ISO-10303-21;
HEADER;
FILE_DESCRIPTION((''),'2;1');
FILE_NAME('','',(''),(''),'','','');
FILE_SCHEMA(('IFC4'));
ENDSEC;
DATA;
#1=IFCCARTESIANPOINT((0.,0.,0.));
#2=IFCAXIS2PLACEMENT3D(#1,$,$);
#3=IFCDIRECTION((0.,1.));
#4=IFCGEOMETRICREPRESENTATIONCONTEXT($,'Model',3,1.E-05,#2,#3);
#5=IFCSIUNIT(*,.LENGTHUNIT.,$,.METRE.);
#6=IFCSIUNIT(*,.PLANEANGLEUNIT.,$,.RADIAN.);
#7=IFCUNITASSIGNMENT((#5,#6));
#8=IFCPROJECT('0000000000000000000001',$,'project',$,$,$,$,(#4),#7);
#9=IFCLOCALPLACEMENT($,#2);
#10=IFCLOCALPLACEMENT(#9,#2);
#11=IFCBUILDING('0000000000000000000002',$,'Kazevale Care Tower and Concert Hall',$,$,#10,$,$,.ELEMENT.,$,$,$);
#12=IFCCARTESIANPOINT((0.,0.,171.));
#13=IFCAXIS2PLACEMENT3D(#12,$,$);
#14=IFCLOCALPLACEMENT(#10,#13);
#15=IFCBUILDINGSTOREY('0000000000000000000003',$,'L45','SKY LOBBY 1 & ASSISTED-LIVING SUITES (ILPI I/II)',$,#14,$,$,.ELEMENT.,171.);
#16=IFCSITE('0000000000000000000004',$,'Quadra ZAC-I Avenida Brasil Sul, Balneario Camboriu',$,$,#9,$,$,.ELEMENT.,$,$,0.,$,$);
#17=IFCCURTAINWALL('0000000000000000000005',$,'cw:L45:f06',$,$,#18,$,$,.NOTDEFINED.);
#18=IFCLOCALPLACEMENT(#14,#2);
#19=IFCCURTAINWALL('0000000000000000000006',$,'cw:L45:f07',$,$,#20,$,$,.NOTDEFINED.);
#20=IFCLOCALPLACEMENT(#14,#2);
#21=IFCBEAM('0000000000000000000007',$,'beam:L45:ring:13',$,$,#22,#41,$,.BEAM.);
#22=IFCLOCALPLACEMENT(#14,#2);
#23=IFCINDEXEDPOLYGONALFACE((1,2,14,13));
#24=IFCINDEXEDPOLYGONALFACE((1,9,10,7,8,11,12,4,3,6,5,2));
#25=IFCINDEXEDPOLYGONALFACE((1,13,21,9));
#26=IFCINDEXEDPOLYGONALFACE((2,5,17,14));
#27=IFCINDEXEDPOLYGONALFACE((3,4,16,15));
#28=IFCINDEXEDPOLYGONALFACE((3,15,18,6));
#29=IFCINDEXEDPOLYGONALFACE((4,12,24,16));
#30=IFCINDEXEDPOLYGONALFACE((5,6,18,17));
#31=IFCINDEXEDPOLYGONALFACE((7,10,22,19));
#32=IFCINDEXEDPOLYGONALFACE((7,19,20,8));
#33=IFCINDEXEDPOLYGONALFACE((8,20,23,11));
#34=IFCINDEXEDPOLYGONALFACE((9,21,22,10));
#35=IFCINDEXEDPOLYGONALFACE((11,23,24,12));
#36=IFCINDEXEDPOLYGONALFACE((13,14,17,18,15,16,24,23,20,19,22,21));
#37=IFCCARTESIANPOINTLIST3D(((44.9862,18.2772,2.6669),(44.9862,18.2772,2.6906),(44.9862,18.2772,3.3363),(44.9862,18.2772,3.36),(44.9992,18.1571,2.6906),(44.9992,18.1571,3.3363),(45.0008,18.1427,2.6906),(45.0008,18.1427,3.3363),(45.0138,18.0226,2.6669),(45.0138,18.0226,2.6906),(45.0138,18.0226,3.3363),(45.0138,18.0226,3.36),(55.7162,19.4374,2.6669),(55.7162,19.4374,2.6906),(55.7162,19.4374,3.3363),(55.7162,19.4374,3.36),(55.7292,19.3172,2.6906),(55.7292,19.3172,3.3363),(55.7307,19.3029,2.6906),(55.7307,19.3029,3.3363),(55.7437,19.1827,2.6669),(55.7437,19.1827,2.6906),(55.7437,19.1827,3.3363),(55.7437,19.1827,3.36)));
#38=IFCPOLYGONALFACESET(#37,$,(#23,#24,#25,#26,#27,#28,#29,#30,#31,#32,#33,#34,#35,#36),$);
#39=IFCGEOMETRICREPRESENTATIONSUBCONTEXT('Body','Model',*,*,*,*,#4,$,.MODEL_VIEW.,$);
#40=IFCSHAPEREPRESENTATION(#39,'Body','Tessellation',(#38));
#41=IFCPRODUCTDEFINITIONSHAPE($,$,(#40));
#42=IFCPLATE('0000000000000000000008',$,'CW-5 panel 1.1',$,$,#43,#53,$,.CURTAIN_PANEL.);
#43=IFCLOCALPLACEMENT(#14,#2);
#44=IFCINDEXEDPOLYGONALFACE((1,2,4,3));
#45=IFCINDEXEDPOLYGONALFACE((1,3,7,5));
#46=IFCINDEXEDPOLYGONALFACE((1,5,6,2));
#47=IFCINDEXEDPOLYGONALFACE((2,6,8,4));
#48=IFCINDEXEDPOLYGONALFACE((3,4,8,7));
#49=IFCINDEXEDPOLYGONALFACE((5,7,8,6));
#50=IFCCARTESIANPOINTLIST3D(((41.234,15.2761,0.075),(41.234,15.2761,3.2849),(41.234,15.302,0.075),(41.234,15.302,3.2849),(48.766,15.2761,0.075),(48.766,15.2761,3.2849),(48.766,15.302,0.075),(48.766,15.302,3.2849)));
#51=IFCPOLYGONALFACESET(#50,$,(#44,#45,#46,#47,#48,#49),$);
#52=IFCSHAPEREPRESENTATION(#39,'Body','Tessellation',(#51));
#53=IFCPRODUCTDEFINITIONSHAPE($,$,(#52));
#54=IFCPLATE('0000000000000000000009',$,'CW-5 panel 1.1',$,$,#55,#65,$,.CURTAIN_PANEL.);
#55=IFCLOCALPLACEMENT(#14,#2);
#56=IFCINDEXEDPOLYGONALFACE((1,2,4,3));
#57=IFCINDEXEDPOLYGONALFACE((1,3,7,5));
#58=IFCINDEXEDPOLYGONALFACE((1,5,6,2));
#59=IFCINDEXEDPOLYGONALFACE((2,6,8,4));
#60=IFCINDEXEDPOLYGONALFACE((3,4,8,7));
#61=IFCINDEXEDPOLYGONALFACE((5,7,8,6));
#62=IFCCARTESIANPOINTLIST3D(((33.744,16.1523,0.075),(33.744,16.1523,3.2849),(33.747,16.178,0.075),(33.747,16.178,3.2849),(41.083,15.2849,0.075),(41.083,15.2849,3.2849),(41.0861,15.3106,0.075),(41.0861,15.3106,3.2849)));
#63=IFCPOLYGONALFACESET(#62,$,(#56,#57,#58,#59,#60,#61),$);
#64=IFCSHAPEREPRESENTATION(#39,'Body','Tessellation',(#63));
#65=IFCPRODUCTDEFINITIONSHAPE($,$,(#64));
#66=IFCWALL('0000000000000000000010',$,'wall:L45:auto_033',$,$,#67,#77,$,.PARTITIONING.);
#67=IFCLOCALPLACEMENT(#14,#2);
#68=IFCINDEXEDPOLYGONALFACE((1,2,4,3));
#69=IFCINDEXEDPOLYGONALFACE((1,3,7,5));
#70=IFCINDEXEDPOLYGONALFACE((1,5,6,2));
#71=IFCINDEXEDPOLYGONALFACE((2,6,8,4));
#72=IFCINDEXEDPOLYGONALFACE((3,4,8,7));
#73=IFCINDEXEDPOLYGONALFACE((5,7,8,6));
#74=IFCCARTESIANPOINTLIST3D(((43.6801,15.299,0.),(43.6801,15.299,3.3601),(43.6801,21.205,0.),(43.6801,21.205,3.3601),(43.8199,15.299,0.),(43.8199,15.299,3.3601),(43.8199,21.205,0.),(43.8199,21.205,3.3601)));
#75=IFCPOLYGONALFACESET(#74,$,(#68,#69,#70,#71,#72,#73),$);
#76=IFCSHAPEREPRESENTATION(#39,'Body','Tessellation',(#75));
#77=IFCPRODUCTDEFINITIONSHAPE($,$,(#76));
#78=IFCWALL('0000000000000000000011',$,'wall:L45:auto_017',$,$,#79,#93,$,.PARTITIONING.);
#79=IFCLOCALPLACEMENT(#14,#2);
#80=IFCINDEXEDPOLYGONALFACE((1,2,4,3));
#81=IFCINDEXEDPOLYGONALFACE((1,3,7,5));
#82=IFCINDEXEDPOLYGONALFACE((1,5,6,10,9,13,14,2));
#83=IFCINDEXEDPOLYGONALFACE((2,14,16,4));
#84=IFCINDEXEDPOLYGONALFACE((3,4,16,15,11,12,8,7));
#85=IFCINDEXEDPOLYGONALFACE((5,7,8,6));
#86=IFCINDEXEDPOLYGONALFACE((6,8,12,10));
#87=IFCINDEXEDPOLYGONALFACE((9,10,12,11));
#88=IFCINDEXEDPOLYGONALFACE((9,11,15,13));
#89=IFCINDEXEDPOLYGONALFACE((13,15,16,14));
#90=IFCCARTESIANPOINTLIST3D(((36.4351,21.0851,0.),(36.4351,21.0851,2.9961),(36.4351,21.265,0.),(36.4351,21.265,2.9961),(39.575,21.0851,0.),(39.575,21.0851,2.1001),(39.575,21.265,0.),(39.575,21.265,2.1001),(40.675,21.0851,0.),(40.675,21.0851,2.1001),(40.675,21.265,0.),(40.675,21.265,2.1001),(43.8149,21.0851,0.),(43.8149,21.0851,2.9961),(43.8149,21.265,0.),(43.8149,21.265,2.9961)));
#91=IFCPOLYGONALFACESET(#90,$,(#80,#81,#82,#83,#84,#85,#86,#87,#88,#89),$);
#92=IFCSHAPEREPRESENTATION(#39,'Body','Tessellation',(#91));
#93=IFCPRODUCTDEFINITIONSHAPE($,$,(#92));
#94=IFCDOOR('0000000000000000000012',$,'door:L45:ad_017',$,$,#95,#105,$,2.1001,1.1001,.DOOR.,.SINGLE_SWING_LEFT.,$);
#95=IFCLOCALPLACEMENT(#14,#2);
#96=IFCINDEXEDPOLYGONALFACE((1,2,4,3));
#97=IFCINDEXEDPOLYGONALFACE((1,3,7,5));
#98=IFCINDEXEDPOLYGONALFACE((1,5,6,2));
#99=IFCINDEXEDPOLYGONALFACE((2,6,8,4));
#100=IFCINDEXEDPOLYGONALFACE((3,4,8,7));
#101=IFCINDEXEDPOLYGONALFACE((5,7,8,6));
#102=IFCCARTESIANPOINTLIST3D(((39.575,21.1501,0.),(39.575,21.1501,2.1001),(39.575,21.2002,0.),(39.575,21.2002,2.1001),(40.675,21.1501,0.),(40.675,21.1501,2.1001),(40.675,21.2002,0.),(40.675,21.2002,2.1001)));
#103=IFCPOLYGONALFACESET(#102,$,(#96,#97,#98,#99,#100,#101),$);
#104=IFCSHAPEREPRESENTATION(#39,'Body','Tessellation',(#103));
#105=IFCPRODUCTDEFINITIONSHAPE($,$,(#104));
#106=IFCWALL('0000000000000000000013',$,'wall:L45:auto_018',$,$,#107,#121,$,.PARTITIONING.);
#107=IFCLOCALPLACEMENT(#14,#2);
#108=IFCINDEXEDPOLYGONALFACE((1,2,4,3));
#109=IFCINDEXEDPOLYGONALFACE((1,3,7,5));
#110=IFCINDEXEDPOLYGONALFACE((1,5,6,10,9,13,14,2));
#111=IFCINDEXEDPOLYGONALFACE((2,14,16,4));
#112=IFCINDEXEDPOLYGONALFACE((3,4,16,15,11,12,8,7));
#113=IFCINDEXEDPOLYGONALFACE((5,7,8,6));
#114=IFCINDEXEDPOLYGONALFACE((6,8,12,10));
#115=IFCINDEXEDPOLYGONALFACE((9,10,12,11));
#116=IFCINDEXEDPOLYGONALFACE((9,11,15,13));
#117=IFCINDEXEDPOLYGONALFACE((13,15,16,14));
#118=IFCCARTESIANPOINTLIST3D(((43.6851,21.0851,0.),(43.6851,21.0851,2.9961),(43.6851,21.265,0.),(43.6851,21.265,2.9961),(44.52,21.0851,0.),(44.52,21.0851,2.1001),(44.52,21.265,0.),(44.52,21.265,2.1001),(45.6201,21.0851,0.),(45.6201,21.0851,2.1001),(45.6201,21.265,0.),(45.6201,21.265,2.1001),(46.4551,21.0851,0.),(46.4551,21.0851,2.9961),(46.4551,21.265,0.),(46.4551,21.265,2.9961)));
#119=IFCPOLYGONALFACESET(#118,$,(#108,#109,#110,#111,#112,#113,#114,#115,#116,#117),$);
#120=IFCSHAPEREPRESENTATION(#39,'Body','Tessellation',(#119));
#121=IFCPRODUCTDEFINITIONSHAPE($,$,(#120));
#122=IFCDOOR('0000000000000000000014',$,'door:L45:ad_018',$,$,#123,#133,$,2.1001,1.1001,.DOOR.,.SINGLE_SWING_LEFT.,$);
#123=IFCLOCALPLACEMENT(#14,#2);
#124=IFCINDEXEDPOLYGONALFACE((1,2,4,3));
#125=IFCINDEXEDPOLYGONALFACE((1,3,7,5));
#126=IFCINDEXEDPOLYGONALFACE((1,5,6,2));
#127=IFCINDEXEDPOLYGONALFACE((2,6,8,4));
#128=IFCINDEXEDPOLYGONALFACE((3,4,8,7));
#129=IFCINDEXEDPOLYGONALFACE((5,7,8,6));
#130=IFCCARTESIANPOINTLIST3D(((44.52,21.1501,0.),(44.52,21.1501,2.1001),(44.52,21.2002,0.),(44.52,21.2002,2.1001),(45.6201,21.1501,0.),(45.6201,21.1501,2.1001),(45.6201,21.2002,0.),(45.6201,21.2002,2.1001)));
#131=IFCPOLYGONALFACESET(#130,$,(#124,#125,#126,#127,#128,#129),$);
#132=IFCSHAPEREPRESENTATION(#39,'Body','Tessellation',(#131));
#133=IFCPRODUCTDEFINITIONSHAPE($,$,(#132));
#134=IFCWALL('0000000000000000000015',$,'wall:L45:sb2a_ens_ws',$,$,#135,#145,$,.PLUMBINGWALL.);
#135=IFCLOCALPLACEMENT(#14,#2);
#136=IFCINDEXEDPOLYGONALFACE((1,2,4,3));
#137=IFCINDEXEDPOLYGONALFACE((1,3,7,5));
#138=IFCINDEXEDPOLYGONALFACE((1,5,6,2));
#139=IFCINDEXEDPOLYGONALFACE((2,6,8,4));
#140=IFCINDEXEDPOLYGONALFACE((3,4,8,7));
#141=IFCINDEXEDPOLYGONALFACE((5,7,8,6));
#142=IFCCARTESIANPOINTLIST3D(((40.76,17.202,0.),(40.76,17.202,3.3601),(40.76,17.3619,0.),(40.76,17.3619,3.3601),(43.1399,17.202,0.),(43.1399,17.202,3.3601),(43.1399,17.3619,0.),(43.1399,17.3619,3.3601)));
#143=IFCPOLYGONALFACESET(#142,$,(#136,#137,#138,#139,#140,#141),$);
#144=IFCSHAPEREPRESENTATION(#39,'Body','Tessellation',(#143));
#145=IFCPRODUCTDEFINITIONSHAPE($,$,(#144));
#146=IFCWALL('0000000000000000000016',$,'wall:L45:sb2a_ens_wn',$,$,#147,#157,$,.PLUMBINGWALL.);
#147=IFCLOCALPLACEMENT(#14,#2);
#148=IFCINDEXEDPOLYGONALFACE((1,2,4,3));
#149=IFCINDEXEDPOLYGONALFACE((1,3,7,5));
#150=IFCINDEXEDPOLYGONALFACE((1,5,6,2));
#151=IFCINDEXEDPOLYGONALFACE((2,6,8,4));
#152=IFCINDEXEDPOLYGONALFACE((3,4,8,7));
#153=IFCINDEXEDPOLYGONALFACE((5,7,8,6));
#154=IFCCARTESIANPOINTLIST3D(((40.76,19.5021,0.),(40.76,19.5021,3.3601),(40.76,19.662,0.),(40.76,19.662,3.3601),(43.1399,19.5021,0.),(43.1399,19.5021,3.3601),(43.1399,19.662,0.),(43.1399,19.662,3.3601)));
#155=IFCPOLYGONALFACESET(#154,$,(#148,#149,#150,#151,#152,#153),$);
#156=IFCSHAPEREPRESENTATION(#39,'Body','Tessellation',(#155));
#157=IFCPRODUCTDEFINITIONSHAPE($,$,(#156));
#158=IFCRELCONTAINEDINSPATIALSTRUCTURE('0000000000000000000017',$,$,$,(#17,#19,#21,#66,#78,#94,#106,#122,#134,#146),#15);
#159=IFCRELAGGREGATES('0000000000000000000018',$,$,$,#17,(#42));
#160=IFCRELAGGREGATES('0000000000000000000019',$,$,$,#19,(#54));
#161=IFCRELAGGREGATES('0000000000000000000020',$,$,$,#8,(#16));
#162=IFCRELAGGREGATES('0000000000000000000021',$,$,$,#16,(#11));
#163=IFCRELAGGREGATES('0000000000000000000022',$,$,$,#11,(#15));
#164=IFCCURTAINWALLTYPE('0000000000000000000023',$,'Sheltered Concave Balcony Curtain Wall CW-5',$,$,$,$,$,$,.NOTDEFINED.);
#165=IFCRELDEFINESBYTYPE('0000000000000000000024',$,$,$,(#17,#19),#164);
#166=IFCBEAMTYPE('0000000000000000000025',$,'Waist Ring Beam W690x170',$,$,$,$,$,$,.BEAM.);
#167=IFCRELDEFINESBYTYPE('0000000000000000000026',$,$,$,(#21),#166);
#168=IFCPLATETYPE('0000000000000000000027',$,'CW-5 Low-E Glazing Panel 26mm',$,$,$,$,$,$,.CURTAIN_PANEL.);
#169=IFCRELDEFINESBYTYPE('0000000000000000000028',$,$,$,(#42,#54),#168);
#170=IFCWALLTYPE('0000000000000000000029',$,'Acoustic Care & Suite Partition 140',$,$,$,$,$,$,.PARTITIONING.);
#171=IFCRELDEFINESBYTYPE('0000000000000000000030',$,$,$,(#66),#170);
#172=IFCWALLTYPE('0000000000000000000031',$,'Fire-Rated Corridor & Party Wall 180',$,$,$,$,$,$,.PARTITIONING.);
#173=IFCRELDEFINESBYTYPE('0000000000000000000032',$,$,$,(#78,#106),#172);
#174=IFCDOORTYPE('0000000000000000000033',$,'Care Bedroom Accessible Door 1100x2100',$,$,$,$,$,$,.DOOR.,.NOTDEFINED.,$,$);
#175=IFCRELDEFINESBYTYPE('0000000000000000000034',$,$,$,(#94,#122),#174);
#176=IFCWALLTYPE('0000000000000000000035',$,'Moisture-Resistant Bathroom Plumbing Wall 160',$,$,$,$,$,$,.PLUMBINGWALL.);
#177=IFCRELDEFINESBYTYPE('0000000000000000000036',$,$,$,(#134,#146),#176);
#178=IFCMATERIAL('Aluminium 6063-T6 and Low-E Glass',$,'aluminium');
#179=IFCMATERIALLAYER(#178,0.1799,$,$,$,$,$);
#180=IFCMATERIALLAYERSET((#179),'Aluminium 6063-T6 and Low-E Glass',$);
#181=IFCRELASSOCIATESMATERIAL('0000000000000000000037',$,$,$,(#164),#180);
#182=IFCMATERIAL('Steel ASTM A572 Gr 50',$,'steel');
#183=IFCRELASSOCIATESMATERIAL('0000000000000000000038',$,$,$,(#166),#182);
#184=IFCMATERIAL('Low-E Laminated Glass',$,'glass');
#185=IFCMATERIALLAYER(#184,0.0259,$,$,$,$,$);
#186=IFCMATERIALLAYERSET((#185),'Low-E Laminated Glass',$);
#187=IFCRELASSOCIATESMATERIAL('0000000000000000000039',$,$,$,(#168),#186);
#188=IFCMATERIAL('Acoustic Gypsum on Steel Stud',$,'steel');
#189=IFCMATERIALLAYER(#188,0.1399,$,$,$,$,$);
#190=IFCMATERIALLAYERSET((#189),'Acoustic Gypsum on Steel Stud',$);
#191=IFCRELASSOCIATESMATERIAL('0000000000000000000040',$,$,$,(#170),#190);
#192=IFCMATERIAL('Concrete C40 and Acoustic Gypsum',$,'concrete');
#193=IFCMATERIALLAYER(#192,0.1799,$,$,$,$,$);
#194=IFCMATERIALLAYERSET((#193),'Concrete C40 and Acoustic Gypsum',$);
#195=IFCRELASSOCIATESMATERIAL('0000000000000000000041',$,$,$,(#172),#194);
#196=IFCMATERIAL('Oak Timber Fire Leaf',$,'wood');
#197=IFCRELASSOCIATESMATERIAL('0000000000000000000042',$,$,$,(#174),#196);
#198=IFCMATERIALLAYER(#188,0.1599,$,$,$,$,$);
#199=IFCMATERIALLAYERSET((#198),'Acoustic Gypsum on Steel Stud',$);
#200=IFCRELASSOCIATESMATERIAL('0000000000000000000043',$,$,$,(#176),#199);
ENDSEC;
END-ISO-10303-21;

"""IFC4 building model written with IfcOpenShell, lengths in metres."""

from ifc_helpers import new_model, si_unit, direction, frame, frame_2d, origin, origin_2d, place, context, subcontext, project, spatial, rectangle, i_section, extrude, material, layer, layer_set, material_profile, profile_set, type_object, element, fill, aggregate, save


model = new_model("IFC4")

# Units and contexts
model_context = context("Model", 3, precision=1e-05, world=origin(), true_north=direction((0.0, 1.0)))
body_context = subcontext(model_context, "Body", "Model", "MODEL_VIEW")
ifc_project = project(units=[si_unit("LENGTHUNIT", "METRE"), si_unit("PLANEANGLEUNIT", "RADIAN")], contexts=[model_context])

# Site, building, storey
site_placement = place(None, origin())
site = spatial("IfcSite", under=ifc_project, at=site_placement, Name="Quadra ZAC-I Avenida Brasil Sul, Balneario Camboriu", CompositionType="ELEMENT", RefElevation=0.0)
building_placement = place(site_placement, origin())
building = spatial("IfcBuilding", under=site, at=building_placement, Name="Kazevale Care Tower and Concert Hall", CompositionType="ELEMENT")
storey_placement = place(building_placement, frame((0.0, 0.0, 171.0)))
storey = spatial("IfcBuildingStorey", under=building, at=storey_placement, Name="L45", Description="SKY LOBBY 1 & ASSISTED-LIVING SUITES (ILPI I/II)", CompositionType="ELEMENT", Elevation=171.0)

# Curtain wall
ifc_material_1 = material(Name="Aluminium 6063-T6 and Low-E Glass", Category="aluminium")
ifc_layer_1 = layer(ifc_material_1, 0.1799)
ifc_layer_set_1 = layer_set([ifc_layer_1], Name="Aluminium 6063-T6 and Low-E Glass")
curtain_wall_type = type_object("IfcCurtainWallType", Name="Sheltered Concave Balcony Curtain Wall CW-5", PredefinedType="NOTDEFINED", material=ifc_layer_set_1)
curtain_wall_1_placement = place(storey_placement, origin())
curtain_wall_1 = element("IfcCurtainWall", 1, at=curtain_wall_1_placement, inside=storey, type_object=curtain_wall_type, Name="cw:L45:f06", PredefinedType="NOTDEFINED")

# Curtain wall
curtain_wall_2_placement = place(storey_placement, origin())
curtain_wall_2 = element("IfcCurtainWall", 2, at=curtain_wall_2_placement, inside=storey, type_object=curtain_wall_type, Name="cw:L45:f07", PredefinedType="NOTDEFINED")

# Beam
ifc_material_2 = material(Name="Steel ASTM A572 Gr 50", Category="steel")
ifc_material_profile_1 = material_profile(ifc_material_2, i_section(OverallWidth=0.2561, OverallDepth=0.6931, WebThickness=0.0144, FlangeThickness=0.0237, at=origin_2d()), Name="W690x170")
ifc_profile_set_1 = profile_set([ifc_material_profile_1], Name="Steel ASTM A572 Gr 50")
beam_type_1 = type_object("IfcBeamType", Name="Waist Ring Beam W690x170", PredefinedType="BEAM", material=ifc_profile_set_1)
beam_1_placement = place(storey_placement, frame((45.0, 18.1499, 3.0134), z_axis=(0.994205, 0.107496, 0.0), x_axis=(-0.107496, 0.994205, 0.0)))
element("IfcBeam", 3, at=beam_1_placement, inside=storey, type_object=beam_type_1, Name="beam:L45:ring:13", PredefinedType="BEAM", context=body_context, shape_type="SweptSolid", body=[
    extrude(i_section(OverallWidth=0.2561, OverallDepth=0.6931, WebThickness=0.0144, FlangeThickness=0.0237, at=origin_2d()), origin(), (0.0, 0.0, 1.0), 10.7925),
])

# Plates
ifc_material_3 = material(Name="Low-E Laminated Glass", Category="glass")
ifc_layer_2 = layer(ifc_material_3, 0.0259)
ifc_layer_set_2 = layer_set([ifc_layer_2], Name="Low-E Laminated Glass")
plate_type = type_object("IfcPlateType", Name="CW-5 Low-E Glazing Panel 26mm", PredefinedType="CURTAIN_PANEL", material=ifc_layer_set_2)
plate_1_placement = place(storey_placement, frame((45.0, 15.2891, 0.075), z_axis=(0.0, 0.0, 1.0), x_axis=(-1.0, 0.0, 0.0)))
plate_1 = element("IfcPlate", 4, at=plate_1_placement, type_object=plate_type, Name="CW-5 panel 1.1", PredefinedType="CURTAIN_PANEL", context=body_context, shape_type="SweptSolid", body=[
    extrude(rectangle(XDim=7.532, YDim=0.0259, at=origin_2d()), origin(), (0.0, 0.0, 1.0), 3.21),
])
aggregate(curtain_wall_1, [plate_1])
plate_2_placement = place(storey_placement, frame((37.415, 15.7314, 0.075), z_axis=(0.0, 0.0, 1.0), x_axis=(-0.993088, 0.117372, 0.0)))
plate_2 = element("IfcPlate", 5, at=plate_2_placement, type_object=plate_type, Name="CW-5 panel 1.1", PredefinedType="CURTAIN_PANEL", context=body_context, shape_type="SweptSolid", body=[
    extrude(rectangle(XDim=7.3901, YDim=0.0259, at=origin_2d()), origin(), (0.0, 0.0, 1.0), 3.21),
])
aggregate(curtain_wall_2, [plate_2])

# Wall
ifc_material_4 = material(Name="Acoustic Gypsum on Steel Stud", Category="steel")
ifc_layer_3 = layer(ifc_material_4, 0.1399)
ifc_layer_set_3 = layer_set([ifc_layer_3], Name="Acoustic Gypsum on Steel Stud")
wall_type_1 = type_object("IfcWallType", Name="Acoustic Care & Suite Partition 140", PredefinedType="PARTITIONING", material=ifc_layer_set_3)
wall_1_placement = place(storey_placement, frame((43.75, 21.2051, 0.0), z_axis=(0.0, 0.0, 1.0), x_axis=(0.0, -1.0, 0.0)))
element("IfcWall", 6, at=wall_1_placement, inside=storey, type_object=wall_type_1, Name="wall:L45:auto_033", PredefinedType="PARTITIONING", context=body_context, shape_type="SweptSolid", body=[
    extrude(rectangle(XDim=5.906, YDim=0.1399, at=frame_2d((2.9531, 0.0))), origin(), (0.0, 0.0, 1.0), 3.3601),
])

# Walls, openings, doors
ifc_material_5 = material(Name="Concrete C40 and Acoustic Gypsum", Category="concrete")
ifc_layer_4 = layer(ifc_material_5, 0.1799)
ifc_layer_set_4 = layer_set([ifc_layer_4], Name="Concrete C40 and Acoustic Gypsum")
wall_type_2 = type_object("IfcWallType", Name="Fire-Rated Corridor & Party Wall 180", PredefinedType="PARTITIONING", material=ifc_layer_set_4)
wall_2_placement = place(storey_placement, frame((43.8149, 21.175, 0.0), z_axis=(0.0, 0.0, 1.0), x_axis=(-1.0, 0.0, 0.0)))
wall_2 = element("IfcWall", 7, at=wall_2_placement, inside=storey, type_object=wall_type_2, Name="wall:L45:auto_017", PredefinedType="PARTITIONING", context=body_context, shape_type="SweptSolid", body=[
    extrude(rectangle(XDim=7.3799, YDim=0.1799, at=frame_2d((3.6899, 0.0))), origin(), (0.0, 0.0, 1.0), 2.9961),
])
opening_1_placement = place(wall_2_placement, frame((3.1399, 0.0, 0.0)))
opening_1 = element("IfcOpeningElement", 8, at=opening_1_placement, cuts=wall_2, PredefinedType="OPENING", context=body_context, shape_type="SweptSolid", body=[
    extrude(rectangle(XDim=1.1001, YDim=2.1001, at=frame_2d((0.55, 1.05))), frame((0.0, 0.0999, 0.0), z_axis=(0.0, -1.0, 0.0), x_axis=(1.0, 0.0, 0.0)), (0.0, 0.0, 1.0), 0.2),
])
ifc_material_6 = material(Name="Oak Timber Fire Leaf", Category="wood")
door_type_1 = type_object("IfcDoorType", Name="Care Bedroom Accessible Door 1100x2100", OperationType="NOTDEFINED", PredefinedType="DOOR", material=ifc_material_6)
door_1_placement = place(opening_1_placement, origin())
door_1 = element("IfcDoor", 9, at=door_1_placement, inside=storey, type_object=door_type_1, Name="door:L45:ad_017", OperationType="SINGLE_SWING_LEFT", OverallHeight=2.1001, OverallWidth=1.1001, PredefinedType="DOOR", context=body_context, shape_type="SweptSolid", body=[
    extrude(rectangle(XDim=1.1001, YDim=2.1001, at=frame_2d((0.55, 1.05))), frame((0.0, 0.0249, 0.0), z_axis=(0.0, -1.0, 0.0), x_axis=(1.0, 0.0, 0.0)), (0.0, 0.0, 1.0), 0.05),
])
fill(opening_1, door_1)
wall_3_placement = place(storey_placement, frame((46.4551, 21.175, 0.0), z_axis=(0.0, 0.0, 1.0), x_axis=(-1.0, 0.0, 0.0)))
wall_3 = element("IfcWall", 10, at=wall_3_placement, inside=storey, type_object=wall_type_2, Name="wall:L45:auto_018", PredefinedType="PARTITIONING", context=body_context, shape_type="SweptSolid", body=[
    extrude(rectangle(XDim=2.77, YDim=0.1799, at=frame_2d((1.385, 0.0))), origin(), (0.0, 0.0, 1.0), 2.9961),
])
opening_2_placement = place(wall_3_placement, frame((0.835, 0.0, 0.0)))
opening_2 = element("IfcOpeningElement", 11, at=opening_2_placement, cuts=wall_3, PredefinedType="OPENING", context=body_context, shape_type="SweptSolid", body=[
    extrude(rectangle(XDim=1.1001, YDim=2.1001, at=frame_2d((0.55, 1.05))), frame((0.0, 0.0999, 0.0), z_axis=(0.0, -1.0, 0.0), x_axis=(1.0, 0.0, 0.0)), (0.0, 0.0, 1.0), 0.2),
])
door_2_placement = place(opening_2_placement, origin())
door_2 = element("IfcDoor", 12, at=door_2_placement, inside=storey, type_object=door_type_1, Name="door:L45:ad_018", OperationType="SINGLE_SWING_LEFT", OverallHeight=2.1001, OverallWidth=1.1001, PredefinedType="DOOR", context=body_context, shape_type="SweptSolid", body=[
    extrude(rectangle(XDim=1.1001, YDim=2.1001, at=frame_2d((0.55, 1.05))), frame((0.0, 0.0249, 0.0), z_axis=(0.0, -1.0, 0.0), x_axis=(1.0, 0.0, 0.0)), (0.0, 0.0, 1.0), 0.05),
])
fill(opening_2, door_2)

# Walls
ifc_layer_5 = layer(ifc_material_4, 0.1599)
ifc_layer_set_5 = layer_set([ifc_layer_5], Name="Acoustic Gypsum on Steel Stud")
wall_type_3 = type_object("IfcWallType", Name="Moisture-Resistant Bathroom Plumbing Wall 160", PredefinedType="PLUMBINGWALL", material=ifc_layer_set_5)
for number, where, z_axis, x_axis, name in (
    (13, (40.76, 17.282, 0.0), (0.0, 0.0, 1.0), (1.0, 0.0, 0.0), "wall:L45:sb2a_ens_ws"),
    (14, (40.76, 19.582, 0.0), (0.0, 0.0, 1.0), (1.0, 0.0, 0.0), "wall:L45:sb2a_ens_wn"),
):
    element("IfcWall", number, at=place(storey_placement, frame(where, z_axis=z_axis, x_axis=x_axis)), inside=storey, type_object=wall_type_3, Name=name, PredefinedType="PLUMBINGWALL", context=body_context, shape_type="SweptSolid", body=[
        extrude(rectangle(XDim=2.3799, YDim=0.1599, at=frame_2d((1.1899, 0.0))), origin(), (0.0, 0.0, 1.0), 3.3601),
    ])

save(model, "model.ifc")
